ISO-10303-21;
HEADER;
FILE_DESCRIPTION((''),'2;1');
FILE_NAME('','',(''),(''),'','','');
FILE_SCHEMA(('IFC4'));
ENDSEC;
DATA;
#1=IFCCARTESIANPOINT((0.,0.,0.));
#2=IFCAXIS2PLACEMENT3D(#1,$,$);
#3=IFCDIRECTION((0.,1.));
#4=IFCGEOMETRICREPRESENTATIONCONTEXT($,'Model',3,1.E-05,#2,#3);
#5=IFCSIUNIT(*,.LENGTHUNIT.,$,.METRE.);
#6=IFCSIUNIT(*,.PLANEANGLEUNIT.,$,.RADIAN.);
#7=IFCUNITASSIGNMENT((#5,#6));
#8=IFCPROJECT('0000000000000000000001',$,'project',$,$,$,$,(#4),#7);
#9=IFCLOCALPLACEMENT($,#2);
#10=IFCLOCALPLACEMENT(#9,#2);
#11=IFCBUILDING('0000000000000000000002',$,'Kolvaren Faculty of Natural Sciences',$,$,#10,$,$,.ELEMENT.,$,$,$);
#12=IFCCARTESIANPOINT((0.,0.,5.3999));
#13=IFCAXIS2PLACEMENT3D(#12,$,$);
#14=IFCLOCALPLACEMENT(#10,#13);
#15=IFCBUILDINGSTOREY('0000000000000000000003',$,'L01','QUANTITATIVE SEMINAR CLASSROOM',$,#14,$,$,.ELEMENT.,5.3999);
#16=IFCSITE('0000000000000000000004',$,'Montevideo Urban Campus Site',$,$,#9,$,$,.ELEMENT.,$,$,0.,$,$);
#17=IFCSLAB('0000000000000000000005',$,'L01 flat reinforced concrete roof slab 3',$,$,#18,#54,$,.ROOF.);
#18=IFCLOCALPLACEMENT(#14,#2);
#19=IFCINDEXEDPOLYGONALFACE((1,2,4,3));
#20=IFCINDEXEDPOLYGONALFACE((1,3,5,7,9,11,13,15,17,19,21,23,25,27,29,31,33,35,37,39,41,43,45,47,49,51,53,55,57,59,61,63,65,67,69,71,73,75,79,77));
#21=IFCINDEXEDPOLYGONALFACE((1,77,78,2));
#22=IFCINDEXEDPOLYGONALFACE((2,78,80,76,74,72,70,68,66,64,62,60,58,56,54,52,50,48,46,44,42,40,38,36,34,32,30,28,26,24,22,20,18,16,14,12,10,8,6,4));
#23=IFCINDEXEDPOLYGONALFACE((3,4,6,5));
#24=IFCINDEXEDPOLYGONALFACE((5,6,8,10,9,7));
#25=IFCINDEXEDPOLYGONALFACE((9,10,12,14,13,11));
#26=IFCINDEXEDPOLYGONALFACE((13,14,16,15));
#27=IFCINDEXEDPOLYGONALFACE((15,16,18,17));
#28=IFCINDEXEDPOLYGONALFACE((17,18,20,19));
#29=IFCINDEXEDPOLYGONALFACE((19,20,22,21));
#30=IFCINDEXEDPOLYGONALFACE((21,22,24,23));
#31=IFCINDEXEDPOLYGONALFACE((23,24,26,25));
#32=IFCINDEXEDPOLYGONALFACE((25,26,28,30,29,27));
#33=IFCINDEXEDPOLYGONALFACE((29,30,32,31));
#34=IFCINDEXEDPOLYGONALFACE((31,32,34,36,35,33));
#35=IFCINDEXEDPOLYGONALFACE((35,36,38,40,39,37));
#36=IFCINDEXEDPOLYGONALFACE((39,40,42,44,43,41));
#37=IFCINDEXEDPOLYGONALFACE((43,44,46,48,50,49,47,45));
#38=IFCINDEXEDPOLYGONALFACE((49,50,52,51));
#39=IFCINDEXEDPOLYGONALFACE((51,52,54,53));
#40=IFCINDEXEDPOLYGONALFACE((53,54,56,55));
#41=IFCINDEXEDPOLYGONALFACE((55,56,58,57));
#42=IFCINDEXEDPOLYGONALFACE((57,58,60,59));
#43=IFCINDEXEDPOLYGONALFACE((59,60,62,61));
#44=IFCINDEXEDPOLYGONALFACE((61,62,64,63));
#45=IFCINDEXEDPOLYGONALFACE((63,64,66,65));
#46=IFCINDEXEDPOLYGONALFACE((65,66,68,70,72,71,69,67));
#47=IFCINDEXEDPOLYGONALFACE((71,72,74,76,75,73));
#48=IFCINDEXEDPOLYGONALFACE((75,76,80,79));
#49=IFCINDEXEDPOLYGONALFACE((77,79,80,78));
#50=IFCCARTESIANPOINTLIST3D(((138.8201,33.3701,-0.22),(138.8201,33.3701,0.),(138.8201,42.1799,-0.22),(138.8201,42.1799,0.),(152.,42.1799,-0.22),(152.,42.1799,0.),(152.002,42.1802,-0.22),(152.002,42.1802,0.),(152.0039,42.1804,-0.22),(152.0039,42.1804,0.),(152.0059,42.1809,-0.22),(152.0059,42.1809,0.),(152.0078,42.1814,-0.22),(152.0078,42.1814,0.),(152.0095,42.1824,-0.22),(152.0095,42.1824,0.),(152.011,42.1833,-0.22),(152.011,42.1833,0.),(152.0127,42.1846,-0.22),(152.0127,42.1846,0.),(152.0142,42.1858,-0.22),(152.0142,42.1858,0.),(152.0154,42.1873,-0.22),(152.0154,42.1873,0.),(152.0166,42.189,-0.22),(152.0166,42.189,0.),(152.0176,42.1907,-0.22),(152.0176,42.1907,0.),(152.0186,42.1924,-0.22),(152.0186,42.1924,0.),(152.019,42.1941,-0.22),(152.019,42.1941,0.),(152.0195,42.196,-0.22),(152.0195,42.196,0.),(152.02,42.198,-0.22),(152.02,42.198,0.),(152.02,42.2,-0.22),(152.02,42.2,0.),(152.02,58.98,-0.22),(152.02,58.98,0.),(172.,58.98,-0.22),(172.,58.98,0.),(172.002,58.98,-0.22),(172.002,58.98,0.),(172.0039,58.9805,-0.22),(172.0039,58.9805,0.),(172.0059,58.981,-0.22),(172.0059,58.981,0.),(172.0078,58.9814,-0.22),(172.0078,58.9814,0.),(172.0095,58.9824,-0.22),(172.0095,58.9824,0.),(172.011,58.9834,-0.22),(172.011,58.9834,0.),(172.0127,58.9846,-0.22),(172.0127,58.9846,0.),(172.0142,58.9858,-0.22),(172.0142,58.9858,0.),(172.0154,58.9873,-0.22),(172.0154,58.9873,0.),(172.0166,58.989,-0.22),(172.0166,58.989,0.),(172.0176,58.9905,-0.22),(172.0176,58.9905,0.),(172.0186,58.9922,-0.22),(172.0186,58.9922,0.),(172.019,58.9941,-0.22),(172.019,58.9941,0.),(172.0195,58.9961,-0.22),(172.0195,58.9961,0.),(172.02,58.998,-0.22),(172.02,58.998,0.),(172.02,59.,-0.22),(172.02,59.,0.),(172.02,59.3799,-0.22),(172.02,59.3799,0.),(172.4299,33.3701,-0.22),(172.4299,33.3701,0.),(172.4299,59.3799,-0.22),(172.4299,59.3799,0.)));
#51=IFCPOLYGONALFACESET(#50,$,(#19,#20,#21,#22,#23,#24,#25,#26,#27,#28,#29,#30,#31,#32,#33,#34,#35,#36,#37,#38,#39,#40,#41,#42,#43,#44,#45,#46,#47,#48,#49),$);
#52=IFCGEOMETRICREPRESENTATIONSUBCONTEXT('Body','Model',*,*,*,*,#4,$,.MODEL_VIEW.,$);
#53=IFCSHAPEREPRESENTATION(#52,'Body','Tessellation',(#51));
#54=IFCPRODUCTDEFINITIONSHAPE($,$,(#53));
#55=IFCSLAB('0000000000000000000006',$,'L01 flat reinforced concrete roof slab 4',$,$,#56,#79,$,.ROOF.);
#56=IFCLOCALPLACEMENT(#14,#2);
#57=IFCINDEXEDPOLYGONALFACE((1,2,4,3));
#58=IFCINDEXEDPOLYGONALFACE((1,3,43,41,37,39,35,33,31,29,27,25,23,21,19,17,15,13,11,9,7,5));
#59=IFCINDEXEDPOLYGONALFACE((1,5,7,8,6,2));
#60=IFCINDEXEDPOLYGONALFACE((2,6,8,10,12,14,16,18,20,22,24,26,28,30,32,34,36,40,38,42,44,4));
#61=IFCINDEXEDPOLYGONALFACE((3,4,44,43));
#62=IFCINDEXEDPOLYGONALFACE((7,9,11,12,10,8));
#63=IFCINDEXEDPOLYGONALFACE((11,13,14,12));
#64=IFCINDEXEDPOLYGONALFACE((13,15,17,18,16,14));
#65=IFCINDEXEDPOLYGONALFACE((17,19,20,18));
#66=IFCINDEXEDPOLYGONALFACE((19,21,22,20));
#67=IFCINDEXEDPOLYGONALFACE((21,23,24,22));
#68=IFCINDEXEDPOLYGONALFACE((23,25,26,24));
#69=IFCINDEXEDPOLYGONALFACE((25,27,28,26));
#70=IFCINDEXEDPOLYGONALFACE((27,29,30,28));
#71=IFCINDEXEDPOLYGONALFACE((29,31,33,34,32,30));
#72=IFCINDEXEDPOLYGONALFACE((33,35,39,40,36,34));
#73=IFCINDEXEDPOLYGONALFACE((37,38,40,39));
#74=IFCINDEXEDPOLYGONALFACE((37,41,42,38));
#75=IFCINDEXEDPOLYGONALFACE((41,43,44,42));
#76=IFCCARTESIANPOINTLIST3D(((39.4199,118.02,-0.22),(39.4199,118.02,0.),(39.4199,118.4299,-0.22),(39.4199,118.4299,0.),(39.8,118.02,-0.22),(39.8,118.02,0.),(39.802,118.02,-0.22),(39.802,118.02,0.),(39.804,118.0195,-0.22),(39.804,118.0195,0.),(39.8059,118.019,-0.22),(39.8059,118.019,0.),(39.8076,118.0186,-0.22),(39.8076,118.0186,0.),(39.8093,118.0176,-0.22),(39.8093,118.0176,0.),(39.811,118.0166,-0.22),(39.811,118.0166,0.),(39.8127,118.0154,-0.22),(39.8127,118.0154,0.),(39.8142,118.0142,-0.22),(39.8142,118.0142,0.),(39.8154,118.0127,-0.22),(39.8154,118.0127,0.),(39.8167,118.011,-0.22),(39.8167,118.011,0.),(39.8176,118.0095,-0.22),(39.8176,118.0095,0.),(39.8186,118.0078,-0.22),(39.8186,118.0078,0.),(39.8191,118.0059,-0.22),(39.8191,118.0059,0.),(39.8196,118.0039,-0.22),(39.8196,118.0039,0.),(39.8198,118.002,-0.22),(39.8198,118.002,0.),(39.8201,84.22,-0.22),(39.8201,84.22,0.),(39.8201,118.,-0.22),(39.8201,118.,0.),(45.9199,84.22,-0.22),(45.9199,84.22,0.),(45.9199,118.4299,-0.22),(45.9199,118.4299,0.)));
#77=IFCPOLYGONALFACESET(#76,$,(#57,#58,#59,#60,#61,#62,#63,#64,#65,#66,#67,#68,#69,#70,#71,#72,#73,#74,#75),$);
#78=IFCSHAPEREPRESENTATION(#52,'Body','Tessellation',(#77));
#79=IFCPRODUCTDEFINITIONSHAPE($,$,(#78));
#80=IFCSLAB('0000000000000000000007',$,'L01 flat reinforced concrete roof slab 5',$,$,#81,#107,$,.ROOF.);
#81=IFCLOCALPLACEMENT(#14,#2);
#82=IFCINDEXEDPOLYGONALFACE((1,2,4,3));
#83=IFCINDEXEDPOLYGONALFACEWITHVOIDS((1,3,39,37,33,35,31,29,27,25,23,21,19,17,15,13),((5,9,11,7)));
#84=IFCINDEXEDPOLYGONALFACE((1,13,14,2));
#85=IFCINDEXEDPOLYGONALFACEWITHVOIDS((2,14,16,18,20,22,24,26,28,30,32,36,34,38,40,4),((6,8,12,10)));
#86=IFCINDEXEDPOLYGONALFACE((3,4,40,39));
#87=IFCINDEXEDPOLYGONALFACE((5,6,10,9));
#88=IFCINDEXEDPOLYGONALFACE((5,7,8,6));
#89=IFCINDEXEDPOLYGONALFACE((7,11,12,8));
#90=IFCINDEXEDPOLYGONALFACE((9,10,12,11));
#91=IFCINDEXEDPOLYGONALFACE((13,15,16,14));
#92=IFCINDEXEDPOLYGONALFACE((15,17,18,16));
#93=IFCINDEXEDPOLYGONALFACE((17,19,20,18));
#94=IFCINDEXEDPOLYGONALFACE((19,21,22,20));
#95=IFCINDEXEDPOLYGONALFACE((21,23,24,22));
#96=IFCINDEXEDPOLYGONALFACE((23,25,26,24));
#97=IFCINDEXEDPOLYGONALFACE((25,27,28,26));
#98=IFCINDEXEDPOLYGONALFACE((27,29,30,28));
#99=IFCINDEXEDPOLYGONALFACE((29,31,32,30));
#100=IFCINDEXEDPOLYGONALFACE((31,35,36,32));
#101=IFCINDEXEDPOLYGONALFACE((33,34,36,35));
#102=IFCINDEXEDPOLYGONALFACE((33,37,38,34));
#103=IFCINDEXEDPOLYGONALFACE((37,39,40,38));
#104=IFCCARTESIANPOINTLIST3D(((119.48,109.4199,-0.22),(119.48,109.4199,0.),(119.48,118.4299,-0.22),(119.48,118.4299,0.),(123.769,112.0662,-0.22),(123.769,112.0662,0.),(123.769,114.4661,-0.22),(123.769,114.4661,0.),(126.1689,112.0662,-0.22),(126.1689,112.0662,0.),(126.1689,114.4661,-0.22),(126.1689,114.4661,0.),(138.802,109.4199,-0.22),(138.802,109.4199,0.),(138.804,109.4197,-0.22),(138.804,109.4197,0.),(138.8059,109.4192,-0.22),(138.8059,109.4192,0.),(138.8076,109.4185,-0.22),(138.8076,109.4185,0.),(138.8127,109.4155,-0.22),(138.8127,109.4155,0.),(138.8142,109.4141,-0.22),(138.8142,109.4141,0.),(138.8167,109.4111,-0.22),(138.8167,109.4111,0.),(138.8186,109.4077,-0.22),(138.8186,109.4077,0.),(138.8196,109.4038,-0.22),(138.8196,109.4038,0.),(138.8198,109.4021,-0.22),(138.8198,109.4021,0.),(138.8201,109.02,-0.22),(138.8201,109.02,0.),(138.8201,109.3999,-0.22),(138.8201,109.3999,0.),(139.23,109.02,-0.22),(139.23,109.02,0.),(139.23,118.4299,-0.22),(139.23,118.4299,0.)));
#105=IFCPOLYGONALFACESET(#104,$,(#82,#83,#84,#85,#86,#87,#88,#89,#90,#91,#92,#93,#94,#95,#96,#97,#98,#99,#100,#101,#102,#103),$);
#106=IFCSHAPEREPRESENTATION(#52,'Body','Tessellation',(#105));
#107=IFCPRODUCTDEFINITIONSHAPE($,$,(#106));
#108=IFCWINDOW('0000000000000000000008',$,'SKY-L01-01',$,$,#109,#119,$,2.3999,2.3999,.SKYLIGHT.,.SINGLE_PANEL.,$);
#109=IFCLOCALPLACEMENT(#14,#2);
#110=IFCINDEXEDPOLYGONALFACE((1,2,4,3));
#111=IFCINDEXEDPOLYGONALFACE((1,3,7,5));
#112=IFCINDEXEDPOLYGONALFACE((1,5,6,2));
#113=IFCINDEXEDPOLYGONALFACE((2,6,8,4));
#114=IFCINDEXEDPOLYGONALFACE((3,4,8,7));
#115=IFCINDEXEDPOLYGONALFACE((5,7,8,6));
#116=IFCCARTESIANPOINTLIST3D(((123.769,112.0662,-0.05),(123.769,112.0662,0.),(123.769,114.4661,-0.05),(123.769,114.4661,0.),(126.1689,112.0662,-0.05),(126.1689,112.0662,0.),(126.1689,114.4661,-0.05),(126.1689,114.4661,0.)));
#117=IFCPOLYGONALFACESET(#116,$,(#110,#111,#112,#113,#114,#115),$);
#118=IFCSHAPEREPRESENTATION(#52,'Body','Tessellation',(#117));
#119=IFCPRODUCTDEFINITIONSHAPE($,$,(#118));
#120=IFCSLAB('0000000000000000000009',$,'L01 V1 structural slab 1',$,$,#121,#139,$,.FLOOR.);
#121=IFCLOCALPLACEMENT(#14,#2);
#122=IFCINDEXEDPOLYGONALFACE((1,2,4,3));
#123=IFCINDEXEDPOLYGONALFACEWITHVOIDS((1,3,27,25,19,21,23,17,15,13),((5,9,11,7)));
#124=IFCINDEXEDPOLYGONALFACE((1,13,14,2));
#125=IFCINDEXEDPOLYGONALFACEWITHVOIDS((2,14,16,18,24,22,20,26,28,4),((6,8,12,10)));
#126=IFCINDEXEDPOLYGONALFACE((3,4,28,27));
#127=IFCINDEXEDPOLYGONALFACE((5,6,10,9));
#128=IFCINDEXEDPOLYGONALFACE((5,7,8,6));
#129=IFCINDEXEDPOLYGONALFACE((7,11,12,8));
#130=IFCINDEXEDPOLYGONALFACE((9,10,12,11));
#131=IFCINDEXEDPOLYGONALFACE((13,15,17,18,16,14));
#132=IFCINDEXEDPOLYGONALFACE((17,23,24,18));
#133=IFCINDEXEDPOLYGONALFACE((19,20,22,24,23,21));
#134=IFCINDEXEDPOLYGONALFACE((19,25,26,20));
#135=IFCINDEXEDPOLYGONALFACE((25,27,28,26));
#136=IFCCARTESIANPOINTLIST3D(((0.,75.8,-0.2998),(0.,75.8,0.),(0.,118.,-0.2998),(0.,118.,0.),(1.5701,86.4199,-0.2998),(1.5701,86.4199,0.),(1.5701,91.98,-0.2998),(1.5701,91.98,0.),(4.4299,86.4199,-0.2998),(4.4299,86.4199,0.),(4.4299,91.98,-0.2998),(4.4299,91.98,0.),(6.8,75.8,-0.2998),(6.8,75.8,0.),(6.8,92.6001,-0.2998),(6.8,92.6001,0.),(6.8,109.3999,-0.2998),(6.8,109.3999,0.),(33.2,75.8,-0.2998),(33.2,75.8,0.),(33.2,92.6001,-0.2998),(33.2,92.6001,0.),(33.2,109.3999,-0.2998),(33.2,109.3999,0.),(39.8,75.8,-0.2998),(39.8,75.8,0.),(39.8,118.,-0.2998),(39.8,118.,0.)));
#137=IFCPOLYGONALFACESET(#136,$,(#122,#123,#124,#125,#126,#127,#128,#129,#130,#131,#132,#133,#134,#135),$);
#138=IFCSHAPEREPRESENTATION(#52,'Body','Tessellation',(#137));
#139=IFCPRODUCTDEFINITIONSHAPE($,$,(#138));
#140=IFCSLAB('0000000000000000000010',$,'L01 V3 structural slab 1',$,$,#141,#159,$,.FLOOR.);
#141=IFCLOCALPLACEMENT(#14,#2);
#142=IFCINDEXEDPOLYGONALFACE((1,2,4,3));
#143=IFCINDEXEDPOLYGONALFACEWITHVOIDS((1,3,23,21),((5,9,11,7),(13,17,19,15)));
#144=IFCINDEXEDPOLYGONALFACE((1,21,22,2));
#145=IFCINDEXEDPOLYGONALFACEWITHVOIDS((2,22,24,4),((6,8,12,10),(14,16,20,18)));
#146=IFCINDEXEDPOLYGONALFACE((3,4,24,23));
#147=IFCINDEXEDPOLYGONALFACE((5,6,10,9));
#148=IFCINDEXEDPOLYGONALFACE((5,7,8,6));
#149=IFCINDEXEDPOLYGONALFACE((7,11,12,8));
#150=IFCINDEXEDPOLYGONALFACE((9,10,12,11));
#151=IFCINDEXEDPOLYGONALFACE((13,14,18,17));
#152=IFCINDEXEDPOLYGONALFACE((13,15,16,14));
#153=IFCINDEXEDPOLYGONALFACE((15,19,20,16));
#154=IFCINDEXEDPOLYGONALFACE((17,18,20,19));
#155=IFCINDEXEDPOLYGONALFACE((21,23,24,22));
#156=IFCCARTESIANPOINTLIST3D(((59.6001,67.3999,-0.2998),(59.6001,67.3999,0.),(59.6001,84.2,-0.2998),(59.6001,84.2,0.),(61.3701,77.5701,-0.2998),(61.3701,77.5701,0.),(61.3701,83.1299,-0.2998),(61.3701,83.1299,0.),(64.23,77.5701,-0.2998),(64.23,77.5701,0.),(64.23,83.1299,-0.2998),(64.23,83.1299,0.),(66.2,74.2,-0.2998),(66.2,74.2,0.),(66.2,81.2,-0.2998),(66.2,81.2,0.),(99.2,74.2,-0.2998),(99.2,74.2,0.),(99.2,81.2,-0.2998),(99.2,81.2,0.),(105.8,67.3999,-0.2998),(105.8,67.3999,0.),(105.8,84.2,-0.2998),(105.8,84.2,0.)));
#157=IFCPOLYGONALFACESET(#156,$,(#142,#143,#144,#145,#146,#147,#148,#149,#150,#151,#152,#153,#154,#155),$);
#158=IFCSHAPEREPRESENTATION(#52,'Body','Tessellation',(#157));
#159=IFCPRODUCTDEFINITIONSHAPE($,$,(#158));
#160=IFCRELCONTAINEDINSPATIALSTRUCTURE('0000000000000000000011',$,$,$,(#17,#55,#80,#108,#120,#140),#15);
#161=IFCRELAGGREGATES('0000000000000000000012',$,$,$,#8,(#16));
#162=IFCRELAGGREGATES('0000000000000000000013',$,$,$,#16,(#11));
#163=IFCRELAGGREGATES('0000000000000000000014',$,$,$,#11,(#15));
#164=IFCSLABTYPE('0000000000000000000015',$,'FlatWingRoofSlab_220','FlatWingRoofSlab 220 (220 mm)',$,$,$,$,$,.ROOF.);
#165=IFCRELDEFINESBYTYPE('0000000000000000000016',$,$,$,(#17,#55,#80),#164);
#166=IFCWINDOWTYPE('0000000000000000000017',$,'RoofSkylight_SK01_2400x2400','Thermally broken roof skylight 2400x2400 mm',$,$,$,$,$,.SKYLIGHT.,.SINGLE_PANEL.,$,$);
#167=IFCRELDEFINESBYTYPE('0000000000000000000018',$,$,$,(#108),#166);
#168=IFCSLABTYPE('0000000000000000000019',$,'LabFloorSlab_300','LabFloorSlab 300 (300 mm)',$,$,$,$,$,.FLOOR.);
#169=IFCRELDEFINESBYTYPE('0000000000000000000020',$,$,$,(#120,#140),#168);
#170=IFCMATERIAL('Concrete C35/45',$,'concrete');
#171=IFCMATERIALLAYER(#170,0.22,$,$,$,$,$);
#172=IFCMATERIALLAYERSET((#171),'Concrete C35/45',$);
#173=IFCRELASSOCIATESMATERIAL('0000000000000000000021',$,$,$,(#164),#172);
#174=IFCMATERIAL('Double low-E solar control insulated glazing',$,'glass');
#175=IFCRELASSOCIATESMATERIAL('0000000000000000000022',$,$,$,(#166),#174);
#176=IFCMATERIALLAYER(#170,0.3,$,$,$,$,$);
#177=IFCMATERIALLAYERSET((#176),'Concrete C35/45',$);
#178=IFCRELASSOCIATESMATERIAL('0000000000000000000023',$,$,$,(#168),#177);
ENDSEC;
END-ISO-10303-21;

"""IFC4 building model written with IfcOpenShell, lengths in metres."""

from ifc_helpers import new_model, si_unit, direction, frame, origin, origin_2d, place, context, subcontext, project, spatial, polyline, rectangle, outline, extrude, material, layer, layer_set, type_object, element, fill, save


model = new_model("IFC4")

# Units and contexts
model_context = context("Model", 3, precision=1e-05, world=origin(), true_north=direction((0.0, 1.0)))
body_context = subcontext(model_context, "Body", "Model", "MODEL_VIEW")
ifc_project = project(units=[si_unit("LENGTHUNIT", "METRE"), si_unit("PLANEANGLEUNIT", "RADIAN")], contexts=[model_context])

# Site, building, storey
site_placement = place(None, origin())
site = spatial("IfcSite", under=ifc_project, at=site_placement, Name="Montevideo Urban Campus Site", CompositionType="ELEMENT", RefElevation=0.0)
building_placement = place(site_placement, origin())
building = spatial("IfcBuilding", under=site, at=building_placement, Name="Kolvaren Faculty of Natural Sciences", CompositionType="ELEMENT")
storey_placement = place(building_placement, frame((0.0, 0.0, 5.3999)))
storey = spatial("IfcBuildingStorey", under=building, at=storey_placement, Name="L01", Description="QUANTITATIVE SEMINAR CLASSROOM", CompositionType="ELEMENT", Elevation=5.3999)

# Slabs
ifc_material_1 = material(Name="Concrete C35/45", Category="concrete")
ifc_layer_1 = layer(ifc_material_1, 0.22)
ifc_layer_set_1 = layer_set([ifc_layer_1], Name="Concrete C35/45")
slab_type_1 = type_object("IfcSlabType", Name="FlatWingRoofSlab_220", Description="FlatWingRoofSlab 220 (220 mm)", PredefinedType="ROOF", material=ifc_layer_set_1)
slab_1_placement = place(storey_placement, frame((0.0, 0.0, -0.22)))
element("IfcSlab", 1, at=slab_1_placement, inside=storey, type_object=slab_type_1, Name="L01 flat reinforced concrete roof slab 3", PredefinedType="ROOF", context=body_context, shape_type="SweptSolid", body=[
    extrude(outline(polyline([(138.8201, 42.1799), (152.0, 42.1799), (152.002, 42.1802), (152.0039, 42.1804), (152.0059, 42.1809), (152.0078, 42.1814), (152.0095, 42.1824), (152.011, 42.1833), (152.0127, 42.1846), (152.0142, 42.1858), (152.0154, 42.1873), (152.0166, 42.189), (152.0176, 42.1907), (152.0186, 42.1924), (152.019, 42.1941), (152.0195, 42.196), (152.02, 42.198), (152.02, 42.2), (152.02, 58.98), (172.0, 58.98), (172.002, 58.98), (172.0039, 58.9805), (172.0059, 58.981), (172.0078, 58.9814), (172.0095, 58.9824), (172.011, 58.9834), (172.0127, 58.9846), (172.0142, 58.9858), (172.0154, 58.9873), (172.0166, 58.989), (172.0176, 58.9905), (172.0186, 58.9922), (172.019, 58.9941), (172.0195, 58.9961), (172.02, 58.998), (172.02, 59.0), (172.02, 59.3799), (172.4299, 59.3799), (172.4299, 33.3701), (138.8201, 33.3701), (138.8201, 42.1799)])), origin(), (0.0, 0.0, 1.0), 0.22),
])
slab_2_placement = place(storey_placement, frame((0.0, 0.0, -0.22)))
element("IfcSlab", 2, at=slab_2_placement, inside=storey, type_object=slab_type_1, Name="L01 flat reinforced concrete roof slab 4", PredefinedType="ROOF", context=body_context, shape_type="SweptSolid", body=[
    extrude(outline(polyline([(39.8201, 118.0), (39.8198, 118.002), (39.8196, 118.0039), (39.8191, 118.0059), (39.8186, 118.0078), (39.8176, 118.0095), (39.8167, 118.011), (39.8154, 118.0127), (39.8142, 118.0142), (39.8127, 118.0154), (39.811, 118.0166), (39.8093, 118.0176), (39.8076, 118.0186), (39.8059, 118.019), (39.804, 118.0195), (39.802, 118.02), (39.8, 118.02), (39.4199, 118.02), (39.4199, 118.4299), (45.9199, 118.4299), (45.9199, 84.22), (39.8201, 84.22), (39.8201, 118.0)])), origin(), (0.0, 0.0, 1.0), 0.22),
])

# Slab, opening, window
slab_3_placement = place(storey_placement, frame((0.0, 0.0, -0.22)))
slab_3 = element("IfcSlab", 3, at=slab_3_placement, inside=storey, type_object=slab_type_1, Name="L01 flat reinforced concrete roof slab 5", PredefinedType="ROOF", context=body_context, shape_type="SweptSolid", body=[
    extrude(outline(polyline([(139.23, 109.02), (138.8201, 109.02), (138.8201, 109.3999), (138.8198, 109.4021), (138.8196, 109.4038), (138.8191, 109.4058), (138.8186, 109.4077), (138.8176, 109.4094), (138.8167, 109.4111), (138.8154, 109.4126), (138.8142, 109.4141), (138.8127, 109.4155), (138.811, 109.4165), (138.8093, 109.4175), (138.8076, 109.4185), (138.8059, 109.4192), (138.804, 109.4197), (138.802, 109.4199), (138.8, 109.4199), (119.48, 109.4199), (119.48, 118.4299), (139.23, 118.4299), (139.23, 109.02)])), origin(), (0.0, 0.0, 1.0), 0.22),
])
opening_placement = place(slab_3_placement, frame((124.969, 113.2661, 0.0)))
opening = element("IfcOpeningElement", 4, at=opening_placement, cuts=slab_3, PredefinedType="OPENING", context=body_context, shape_type="SweptSolid", body=[
    extrude(rectangle(XDim=2.3999, YDim=2.3999, at=origin_2d()), frame((0.0, 0.0, -0.01)), (0.0, 0.0, 1.0), 0.24),
])
ifc_material_2 = material(Name="Double low-E solar control insulated glazing", Category="glass")
window_type = type_object("IfcWindowType", Name="RoofSkylight_SK01_2400x2400", Description="Thermally broken roof skylight 2400x2400 mm", PartitioningType="SINGLE_PANEL", PredefinedType="SKYLIGHT", material=ifc_material_2)
window_placement = place(opening_placement, frame((0.0, 0.0, 0.1699)))
window = element("IfcWindow", 5, at=window_placement, inside=storey, type_object=window_type, Name="SKY-L01-01", OverallHeight=2.3999, OverallWidth=2.3999, PartitioningType="SINGLE_PANEL", PredefinedType="SKYLIGHT", context=body_context, shape_type="SweptSolid", body=[
    extrude(rectangle(XDim=2.3999, YDim=2.3999, at=origin_2d()), origin(), (0.0, 0.0, 1.0), 0.05),
])
fill(opening, window)

# Slabs
ifc_layer_2 = layer(ifc_material_1, 0.3)
ifc_layer_set_2 = layer_set([ifc_layer_2], Name="Concrete C35/45")
slab_type_2 = type_object("IfcSlabType", Name="LabFloorSlab_300", Description="LabFloorSlab 300 (300 mm)", PredefinedType="FLOOR", material=ifc_layer_set_2)
slab_4_placement = place(storey_placement, frame((0.0, 0.0, -0.2998)))
element("IfcSlab", 6, at=slab_4_placement, inside=storey, type_object=slab_type_2, Name="L01 V1 structural slab 1", PredefinedType="FLOOR", context=body_context, shape_type="SweptSolid", body=[
    extrude(outline(polyline([(0.0, 75.8), (0.0, 118.0), (39.8, 118.0), (39.8, 75.8), (33.2, 75.8), (33.2, 92.6001), (33.2, 109.3999), (6.8, 109.3999), (6.8, 92.6001), (6.8, 75.8), (0.0, 75.8)]), holes=[polyline([(4.4299, 86.4199), (4.4299, 91.98), (1.5701, 91.98), (1.5701, 86.4199), (4.4299, 86.4199)])]), origin(), (0.0, 0.0, 1.0), 0.2998),
])
slab_5_placement = place(storey_placement, frame((0.0, 0.0, -0.2998)))
element("IfcSlab", 7, at=slab_5_placement, inside=storey, type_object=slab_type_2, Name="L01 V3 structural slab 1", PredefinedType="FLOOR", context=body_context, shape_type="SweptSolid", body=[
    extrude(outline(polyline([(59.6001, 67.3999), (59.6001, 84.2), (105.8, 84.2), (105.8, 67.3999), (59.6001, 67.3999)]), holes=[polyline([(99.2, 74.2), (99.2, 81.2), (66.2, 81.2), (66.2, 74.2), (99.2, 74.2)]), polyline([(64.23, 83.1299), (61.3701, 83.1299), (61.3701, 77.5701), (64.23, 77.5701), (64.23, 83.1299)])]), origin(), (0.0, 0.0, 1.0), 0.2998),
])

save(model, "model.ifc")
